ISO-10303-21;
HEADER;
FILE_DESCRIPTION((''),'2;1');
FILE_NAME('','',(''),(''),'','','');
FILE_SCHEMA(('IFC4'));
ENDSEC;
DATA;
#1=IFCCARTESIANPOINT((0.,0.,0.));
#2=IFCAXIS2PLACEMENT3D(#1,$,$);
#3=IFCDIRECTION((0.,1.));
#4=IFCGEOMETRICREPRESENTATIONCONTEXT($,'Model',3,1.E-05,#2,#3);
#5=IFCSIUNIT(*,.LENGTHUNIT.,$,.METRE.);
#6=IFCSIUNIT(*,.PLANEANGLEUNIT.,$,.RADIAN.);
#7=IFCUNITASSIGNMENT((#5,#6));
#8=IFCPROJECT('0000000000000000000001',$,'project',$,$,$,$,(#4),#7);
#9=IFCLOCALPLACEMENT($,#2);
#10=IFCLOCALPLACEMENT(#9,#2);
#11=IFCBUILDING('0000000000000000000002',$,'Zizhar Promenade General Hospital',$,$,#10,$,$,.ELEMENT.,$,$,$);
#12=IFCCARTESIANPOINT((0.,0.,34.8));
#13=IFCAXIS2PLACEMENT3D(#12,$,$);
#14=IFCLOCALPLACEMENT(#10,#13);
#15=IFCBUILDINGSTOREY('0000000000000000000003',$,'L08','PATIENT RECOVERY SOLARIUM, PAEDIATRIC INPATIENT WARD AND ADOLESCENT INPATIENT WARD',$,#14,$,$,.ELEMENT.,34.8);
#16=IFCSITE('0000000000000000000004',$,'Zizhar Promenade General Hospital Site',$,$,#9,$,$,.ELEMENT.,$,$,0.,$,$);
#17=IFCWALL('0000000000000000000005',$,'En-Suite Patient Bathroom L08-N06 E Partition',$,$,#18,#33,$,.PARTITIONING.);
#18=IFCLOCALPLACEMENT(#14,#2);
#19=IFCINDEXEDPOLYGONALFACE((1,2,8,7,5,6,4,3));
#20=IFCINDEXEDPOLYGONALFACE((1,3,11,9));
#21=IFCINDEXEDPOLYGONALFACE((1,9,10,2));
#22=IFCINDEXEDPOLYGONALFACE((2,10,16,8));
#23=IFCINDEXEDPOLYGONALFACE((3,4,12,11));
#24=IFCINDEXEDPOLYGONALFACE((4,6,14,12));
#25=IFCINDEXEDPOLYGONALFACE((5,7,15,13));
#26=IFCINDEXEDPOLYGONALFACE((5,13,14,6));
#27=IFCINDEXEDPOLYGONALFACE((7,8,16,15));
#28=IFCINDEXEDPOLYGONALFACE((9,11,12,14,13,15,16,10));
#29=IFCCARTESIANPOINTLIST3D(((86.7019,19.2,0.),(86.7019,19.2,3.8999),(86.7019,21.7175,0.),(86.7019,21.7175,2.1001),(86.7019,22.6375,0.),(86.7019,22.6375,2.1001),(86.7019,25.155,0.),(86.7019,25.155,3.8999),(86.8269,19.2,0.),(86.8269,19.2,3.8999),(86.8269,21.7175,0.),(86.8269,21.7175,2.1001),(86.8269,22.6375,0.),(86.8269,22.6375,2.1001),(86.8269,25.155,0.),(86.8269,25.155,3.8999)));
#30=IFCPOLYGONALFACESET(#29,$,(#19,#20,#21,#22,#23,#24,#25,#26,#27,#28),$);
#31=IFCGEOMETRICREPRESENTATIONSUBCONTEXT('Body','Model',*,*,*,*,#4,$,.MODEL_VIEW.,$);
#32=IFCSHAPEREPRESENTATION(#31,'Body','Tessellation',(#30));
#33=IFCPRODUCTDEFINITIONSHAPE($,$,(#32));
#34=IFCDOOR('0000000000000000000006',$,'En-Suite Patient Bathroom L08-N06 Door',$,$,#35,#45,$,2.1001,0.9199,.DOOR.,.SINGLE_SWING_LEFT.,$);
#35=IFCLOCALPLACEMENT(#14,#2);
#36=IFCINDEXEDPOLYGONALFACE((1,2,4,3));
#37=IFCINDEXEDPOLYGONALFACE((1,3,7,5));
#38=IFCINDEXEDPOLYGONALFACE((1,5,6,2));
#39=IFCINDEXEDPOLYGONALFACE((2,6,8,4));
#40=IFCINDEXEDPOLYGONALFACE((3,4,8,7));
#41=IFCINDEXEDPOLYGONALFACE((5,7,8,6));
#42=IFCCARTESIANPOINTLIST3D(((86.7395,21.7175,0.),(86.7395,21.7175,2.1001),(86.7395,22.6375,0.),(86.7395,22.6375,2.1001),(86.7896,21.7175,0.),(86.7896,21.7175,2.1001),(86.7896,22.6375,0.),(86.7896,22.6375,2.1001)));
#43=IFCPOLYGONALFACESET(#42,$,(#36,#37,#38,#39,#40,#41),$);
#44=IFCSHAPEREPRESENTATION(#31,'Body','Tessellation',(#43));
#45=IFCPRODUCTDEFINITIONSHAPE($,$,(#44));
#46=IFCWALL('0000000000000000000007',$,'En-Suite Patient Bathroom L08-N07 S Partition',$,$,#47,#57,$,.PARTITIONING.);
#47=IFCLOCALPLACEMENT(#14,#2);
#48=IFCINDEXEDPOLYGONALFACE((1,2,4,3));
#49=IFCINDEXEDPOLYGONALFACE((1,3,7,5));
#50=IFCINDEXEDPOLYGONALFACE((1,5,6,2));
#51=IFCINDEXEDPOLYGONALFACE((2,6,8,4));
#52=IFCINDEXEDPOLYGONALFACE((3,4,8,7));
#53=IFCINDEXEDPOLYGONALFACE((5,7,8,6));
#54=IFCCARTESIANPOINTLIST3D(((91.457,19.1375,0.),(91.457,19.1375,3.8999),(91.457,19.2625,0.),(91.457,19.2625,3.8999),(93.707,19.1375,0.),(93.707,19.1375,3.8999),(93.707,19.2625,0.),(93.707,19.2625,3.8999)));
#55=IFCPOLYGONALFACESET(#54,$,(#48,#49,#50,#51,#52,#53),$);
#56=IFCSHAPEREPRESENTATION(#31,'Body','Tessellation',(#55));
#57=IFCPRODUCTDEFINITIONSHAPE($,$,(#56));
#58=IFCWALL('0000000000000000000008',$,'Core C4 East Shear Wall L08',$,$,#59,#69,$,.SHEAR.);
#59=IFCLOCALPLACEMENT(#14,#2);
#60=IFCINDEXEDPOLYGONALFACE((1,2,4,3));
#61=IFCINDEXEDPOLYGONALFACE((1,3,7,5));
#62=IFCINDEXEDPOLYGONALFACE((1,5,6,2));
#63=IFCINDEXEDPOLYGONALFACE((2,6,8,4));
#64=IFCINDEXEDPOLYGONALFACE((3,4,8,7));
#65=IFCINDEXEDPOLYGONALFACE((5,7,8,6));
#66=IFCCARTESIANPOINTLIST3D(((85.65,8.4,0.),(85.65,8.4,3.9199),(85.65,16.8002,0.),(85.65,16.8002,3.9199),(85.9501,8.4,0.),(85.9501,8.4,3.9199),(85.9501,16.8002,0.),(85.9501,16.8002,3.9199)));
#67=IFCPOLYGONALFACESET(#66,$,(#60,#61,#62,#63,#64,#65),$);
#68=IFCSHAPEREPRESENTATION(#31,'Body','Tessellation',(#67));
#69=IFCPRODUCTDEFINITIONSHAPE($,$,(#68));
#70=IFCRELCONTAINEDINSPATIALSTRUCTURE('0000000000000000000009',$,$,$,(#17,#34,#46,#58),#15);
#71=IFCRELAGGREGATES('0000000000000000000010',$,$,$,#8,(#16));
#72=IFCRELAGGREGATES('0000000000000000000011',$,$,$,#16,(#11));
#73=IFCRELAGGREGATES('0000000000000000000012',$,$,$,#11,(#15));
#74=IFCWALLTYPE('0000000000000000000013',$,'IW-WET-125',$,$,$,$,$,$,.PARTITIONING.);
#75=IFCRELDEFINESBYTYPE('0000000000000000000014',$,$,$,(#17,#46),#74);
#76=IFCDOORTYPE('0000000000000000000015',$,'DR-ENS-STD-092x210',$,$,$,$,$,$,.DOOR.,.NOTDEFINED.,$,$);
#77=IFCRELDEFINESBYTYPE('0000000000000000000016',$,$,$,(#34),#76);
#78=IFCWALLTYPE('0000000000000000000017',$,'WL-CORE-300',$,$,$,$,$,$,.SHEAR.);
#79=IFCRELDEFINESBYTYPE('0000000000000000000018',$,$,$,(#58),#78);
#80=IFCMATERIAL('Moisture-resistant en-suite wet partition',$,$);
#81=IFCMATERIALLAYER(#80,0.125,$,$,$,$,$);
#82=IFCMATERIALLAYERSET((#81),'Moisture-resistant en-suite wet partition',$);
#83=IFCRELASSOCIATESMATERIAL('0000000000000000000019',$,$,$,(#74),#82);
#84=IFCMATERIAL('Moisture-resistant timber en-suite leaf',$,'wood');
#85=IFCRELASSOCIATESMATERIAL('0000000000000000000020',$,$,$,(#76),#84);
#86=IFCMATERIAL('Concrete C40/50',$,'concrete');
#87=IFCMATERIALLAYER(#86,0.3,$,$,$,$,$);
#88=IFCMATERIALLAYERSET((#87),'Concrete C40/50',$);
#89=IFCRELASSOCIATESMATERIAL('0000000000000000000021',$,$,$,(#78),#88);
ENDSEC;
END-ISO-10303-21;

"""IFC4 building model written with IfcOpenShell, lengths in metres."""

from ifc_helpers import new_model, si_unit, direction, frame, frame_2d, origin, place, context, subcontext, project, spatial, rectangle, extrude, material, layer, layer_set, type_object, element, fill, save


model = new_model("IFC4")

# Units and contexts
model_context = context("Model", 3, precision=1e-05, world=origin(), true_north=direction((0.0, 1.0)))
body_context = subcontext(model_context, "Body", "Model", "MODEL_VIEW")
ifc_project = project(units=[si_unit("LENGTHUNIT", "METRE"), si_unit("PLANEANGLEUNIT", "RADIAN")], contexts=[model_context])

# Site, building, storey
site_placement = place(None, origin())
site = spatial("IfcSite", under=ifc_project, at=site_placement, Name="Zizhar Promenade General Hospital Site", CompositionType="ELEMENT", RefElevation=0.0)
building_placement = place(site_placement, origin())
building = spatial("IfcBuilding", under=site, at=building_placement, Name="Zizhar Promenade General Hospital", CompositionType="ELEMENT")
storey_placement = place(building_placement, frame((0.0, 0.0, 34.8)))
storey = spatial("IfcBuildingStorey", under=building, at=storey_placement, Name="L08", Description="PATIENT RECOVERY SOLARIUM, PAEDIATRIC INPATIENT WARD AND ADOLESCENT INPATIENT WARD", CompositionType="ELEMENT", Elevation=34.8)

# Shared definitions
ifc_material_1 = material(Name="Moisture-resistant en-suite wet partition")
ifc_layer_1 = layer(ifc_material_1, 0.125)
ifc_layer_set_1 = layer_set([ifc_layer_1], Name="Moisture-resistant en-suite wet partition")
wall_type_1 = type_object("IfcWallType", Name="IW-WET-125", PredefinedType="PARTITIONING", material=ifc_layer_set_1)

# Wall, opening, door
wall_1_placement = place(storey_placement, frame((86.7644, 19.2, 0.0), z_axis=(0.0, 0.0, 1.0), x_axis=(0.0, 1.0, 0.0)))
wall_1 = element("IfcWall", 1, at=wall_1_placement, inside=storey, type_object=wall_type_1, Name="En-Suite Patient Bathroom L08-N06 E Partition", PredefinedType="PARTITIONING", context=body_context, shape_type="SweptSolid", body=[
    extrude(rectangle(XDim=5.9551, YDim=0.125, at=frame_2d((2.9775, 0.0))), origin(), (0.0, 0.0, 1.0), 3.8999),
])
opening_1_placement = place(wall_1_placement, frame((2.5176, 0.0, 0.0)))
opening_1 = element("IfcOpeningElement", 2, at=opening_1_placement, cuts=wall_1, PredefinedType="OPENING", context=body_context, shape_type="SweptSolid", body=[
    extrude(rectangle(XDim=0.9199, YDim=2.1001, at=frame_2d((0.46, 1.05))), frame((0.0, 0.0725, 0.0), z_axis=(0.0, -1.0, 0.0), x_axis=(1.0, 0.0, 0.0)), (0.0, 0.0, 1.0), 0.145),
])
ifc_material_2 = material(Name="Moisture-resistant timber en-suite leaf", Category="wood")
door_type_1 = type_object("IfcDoorType", Name="DR-ENS-STD-092x210", OperationType="NOTDEFINED", PredefinedType="DOOR", material=ifc_material_2)
door_1_placement = place(opening_1_placement, origin())
door_1 = element("IfcDoor", 3, at=door_1_placement, inside=storey, type_object=door_type_1, Name="En-Suite Patient Bathroom L08-N06 Door", OperationType="SINGLE_SWING_LEFT", OverallHeight=2.1001, OverallWidth=0.9199, PredefinedType="DOOR", context=body_context, shape_type="SweptSolid", body=[
    extrude(rectangle(XDim=0.9199, YDim=2.1001, at=frame_2d((0.46, 1.05))), frame((0.0, 0.0249, 0.0), z_axis=(0.0, -1.0, 0.0), x_axis=(1.0, 0.0, 0.0)), (0.0, 0.0, 1.0), 0.05),
])
fill(opening_1, door_1)

# Walls
wall_2_placement = place(storey_placement, frame((91.457, 19.2, 0.0), z_axis=(0.0, 0.0, 1.0), x_axis=(1.0, 0.0, 0.0)))
element("IfcWall", 4, at=wall_2_placement, inside=storey, type_object=wall_type_1, Name="En-Suite Patient Bathroom L08-N07 S Partition", PredefinedType="PARTITIONING", context=body_context, shape_type="SweptSolid", body=[
    extrude(rectangle(XDim=2.25, YDim=0.125, at=frame_2d((1.125, 0.0))), origin(), (0.0, 0.0, 1.0), 3.8999),
])
ifc_material_3 = material(Name="Concrete C40/50", Category="concrete")
ifc_layer_2 = layer(ifc_material_3, 0.3)
ifc_layer_set_2 = layer_set([ifc_layer_2], Name="Concrete C40/50")
wall_type_2 = type_object("IfcWallType", Name="WL-CORE-300", PredefinedType="SHEAR", material=ifc_layer_set_2)
wall_3_placement = place(storey_placement, frame((85.8, 8.3999, 0.0), z_axis=(0.0, 0.0, 1.0), x_axis=(0.0, 1.0, 0.0)))
element("IfcWall", 5, at=wall_3_placement, inside=storey, type_object=wall_type_2, Name="Core C4 East Shear Wall L08", PredefinedType="SHEAR", context=body_context, shape_type="SweptSolid", body=[
    extrude(rectangle(XDim=8.4001, YDim=0.3, at=frame_2d((4.2002, 0.0))), origin(), (0.0, 0.0, 1.0), 3.9199),
])

save(model, "model.ifc")
